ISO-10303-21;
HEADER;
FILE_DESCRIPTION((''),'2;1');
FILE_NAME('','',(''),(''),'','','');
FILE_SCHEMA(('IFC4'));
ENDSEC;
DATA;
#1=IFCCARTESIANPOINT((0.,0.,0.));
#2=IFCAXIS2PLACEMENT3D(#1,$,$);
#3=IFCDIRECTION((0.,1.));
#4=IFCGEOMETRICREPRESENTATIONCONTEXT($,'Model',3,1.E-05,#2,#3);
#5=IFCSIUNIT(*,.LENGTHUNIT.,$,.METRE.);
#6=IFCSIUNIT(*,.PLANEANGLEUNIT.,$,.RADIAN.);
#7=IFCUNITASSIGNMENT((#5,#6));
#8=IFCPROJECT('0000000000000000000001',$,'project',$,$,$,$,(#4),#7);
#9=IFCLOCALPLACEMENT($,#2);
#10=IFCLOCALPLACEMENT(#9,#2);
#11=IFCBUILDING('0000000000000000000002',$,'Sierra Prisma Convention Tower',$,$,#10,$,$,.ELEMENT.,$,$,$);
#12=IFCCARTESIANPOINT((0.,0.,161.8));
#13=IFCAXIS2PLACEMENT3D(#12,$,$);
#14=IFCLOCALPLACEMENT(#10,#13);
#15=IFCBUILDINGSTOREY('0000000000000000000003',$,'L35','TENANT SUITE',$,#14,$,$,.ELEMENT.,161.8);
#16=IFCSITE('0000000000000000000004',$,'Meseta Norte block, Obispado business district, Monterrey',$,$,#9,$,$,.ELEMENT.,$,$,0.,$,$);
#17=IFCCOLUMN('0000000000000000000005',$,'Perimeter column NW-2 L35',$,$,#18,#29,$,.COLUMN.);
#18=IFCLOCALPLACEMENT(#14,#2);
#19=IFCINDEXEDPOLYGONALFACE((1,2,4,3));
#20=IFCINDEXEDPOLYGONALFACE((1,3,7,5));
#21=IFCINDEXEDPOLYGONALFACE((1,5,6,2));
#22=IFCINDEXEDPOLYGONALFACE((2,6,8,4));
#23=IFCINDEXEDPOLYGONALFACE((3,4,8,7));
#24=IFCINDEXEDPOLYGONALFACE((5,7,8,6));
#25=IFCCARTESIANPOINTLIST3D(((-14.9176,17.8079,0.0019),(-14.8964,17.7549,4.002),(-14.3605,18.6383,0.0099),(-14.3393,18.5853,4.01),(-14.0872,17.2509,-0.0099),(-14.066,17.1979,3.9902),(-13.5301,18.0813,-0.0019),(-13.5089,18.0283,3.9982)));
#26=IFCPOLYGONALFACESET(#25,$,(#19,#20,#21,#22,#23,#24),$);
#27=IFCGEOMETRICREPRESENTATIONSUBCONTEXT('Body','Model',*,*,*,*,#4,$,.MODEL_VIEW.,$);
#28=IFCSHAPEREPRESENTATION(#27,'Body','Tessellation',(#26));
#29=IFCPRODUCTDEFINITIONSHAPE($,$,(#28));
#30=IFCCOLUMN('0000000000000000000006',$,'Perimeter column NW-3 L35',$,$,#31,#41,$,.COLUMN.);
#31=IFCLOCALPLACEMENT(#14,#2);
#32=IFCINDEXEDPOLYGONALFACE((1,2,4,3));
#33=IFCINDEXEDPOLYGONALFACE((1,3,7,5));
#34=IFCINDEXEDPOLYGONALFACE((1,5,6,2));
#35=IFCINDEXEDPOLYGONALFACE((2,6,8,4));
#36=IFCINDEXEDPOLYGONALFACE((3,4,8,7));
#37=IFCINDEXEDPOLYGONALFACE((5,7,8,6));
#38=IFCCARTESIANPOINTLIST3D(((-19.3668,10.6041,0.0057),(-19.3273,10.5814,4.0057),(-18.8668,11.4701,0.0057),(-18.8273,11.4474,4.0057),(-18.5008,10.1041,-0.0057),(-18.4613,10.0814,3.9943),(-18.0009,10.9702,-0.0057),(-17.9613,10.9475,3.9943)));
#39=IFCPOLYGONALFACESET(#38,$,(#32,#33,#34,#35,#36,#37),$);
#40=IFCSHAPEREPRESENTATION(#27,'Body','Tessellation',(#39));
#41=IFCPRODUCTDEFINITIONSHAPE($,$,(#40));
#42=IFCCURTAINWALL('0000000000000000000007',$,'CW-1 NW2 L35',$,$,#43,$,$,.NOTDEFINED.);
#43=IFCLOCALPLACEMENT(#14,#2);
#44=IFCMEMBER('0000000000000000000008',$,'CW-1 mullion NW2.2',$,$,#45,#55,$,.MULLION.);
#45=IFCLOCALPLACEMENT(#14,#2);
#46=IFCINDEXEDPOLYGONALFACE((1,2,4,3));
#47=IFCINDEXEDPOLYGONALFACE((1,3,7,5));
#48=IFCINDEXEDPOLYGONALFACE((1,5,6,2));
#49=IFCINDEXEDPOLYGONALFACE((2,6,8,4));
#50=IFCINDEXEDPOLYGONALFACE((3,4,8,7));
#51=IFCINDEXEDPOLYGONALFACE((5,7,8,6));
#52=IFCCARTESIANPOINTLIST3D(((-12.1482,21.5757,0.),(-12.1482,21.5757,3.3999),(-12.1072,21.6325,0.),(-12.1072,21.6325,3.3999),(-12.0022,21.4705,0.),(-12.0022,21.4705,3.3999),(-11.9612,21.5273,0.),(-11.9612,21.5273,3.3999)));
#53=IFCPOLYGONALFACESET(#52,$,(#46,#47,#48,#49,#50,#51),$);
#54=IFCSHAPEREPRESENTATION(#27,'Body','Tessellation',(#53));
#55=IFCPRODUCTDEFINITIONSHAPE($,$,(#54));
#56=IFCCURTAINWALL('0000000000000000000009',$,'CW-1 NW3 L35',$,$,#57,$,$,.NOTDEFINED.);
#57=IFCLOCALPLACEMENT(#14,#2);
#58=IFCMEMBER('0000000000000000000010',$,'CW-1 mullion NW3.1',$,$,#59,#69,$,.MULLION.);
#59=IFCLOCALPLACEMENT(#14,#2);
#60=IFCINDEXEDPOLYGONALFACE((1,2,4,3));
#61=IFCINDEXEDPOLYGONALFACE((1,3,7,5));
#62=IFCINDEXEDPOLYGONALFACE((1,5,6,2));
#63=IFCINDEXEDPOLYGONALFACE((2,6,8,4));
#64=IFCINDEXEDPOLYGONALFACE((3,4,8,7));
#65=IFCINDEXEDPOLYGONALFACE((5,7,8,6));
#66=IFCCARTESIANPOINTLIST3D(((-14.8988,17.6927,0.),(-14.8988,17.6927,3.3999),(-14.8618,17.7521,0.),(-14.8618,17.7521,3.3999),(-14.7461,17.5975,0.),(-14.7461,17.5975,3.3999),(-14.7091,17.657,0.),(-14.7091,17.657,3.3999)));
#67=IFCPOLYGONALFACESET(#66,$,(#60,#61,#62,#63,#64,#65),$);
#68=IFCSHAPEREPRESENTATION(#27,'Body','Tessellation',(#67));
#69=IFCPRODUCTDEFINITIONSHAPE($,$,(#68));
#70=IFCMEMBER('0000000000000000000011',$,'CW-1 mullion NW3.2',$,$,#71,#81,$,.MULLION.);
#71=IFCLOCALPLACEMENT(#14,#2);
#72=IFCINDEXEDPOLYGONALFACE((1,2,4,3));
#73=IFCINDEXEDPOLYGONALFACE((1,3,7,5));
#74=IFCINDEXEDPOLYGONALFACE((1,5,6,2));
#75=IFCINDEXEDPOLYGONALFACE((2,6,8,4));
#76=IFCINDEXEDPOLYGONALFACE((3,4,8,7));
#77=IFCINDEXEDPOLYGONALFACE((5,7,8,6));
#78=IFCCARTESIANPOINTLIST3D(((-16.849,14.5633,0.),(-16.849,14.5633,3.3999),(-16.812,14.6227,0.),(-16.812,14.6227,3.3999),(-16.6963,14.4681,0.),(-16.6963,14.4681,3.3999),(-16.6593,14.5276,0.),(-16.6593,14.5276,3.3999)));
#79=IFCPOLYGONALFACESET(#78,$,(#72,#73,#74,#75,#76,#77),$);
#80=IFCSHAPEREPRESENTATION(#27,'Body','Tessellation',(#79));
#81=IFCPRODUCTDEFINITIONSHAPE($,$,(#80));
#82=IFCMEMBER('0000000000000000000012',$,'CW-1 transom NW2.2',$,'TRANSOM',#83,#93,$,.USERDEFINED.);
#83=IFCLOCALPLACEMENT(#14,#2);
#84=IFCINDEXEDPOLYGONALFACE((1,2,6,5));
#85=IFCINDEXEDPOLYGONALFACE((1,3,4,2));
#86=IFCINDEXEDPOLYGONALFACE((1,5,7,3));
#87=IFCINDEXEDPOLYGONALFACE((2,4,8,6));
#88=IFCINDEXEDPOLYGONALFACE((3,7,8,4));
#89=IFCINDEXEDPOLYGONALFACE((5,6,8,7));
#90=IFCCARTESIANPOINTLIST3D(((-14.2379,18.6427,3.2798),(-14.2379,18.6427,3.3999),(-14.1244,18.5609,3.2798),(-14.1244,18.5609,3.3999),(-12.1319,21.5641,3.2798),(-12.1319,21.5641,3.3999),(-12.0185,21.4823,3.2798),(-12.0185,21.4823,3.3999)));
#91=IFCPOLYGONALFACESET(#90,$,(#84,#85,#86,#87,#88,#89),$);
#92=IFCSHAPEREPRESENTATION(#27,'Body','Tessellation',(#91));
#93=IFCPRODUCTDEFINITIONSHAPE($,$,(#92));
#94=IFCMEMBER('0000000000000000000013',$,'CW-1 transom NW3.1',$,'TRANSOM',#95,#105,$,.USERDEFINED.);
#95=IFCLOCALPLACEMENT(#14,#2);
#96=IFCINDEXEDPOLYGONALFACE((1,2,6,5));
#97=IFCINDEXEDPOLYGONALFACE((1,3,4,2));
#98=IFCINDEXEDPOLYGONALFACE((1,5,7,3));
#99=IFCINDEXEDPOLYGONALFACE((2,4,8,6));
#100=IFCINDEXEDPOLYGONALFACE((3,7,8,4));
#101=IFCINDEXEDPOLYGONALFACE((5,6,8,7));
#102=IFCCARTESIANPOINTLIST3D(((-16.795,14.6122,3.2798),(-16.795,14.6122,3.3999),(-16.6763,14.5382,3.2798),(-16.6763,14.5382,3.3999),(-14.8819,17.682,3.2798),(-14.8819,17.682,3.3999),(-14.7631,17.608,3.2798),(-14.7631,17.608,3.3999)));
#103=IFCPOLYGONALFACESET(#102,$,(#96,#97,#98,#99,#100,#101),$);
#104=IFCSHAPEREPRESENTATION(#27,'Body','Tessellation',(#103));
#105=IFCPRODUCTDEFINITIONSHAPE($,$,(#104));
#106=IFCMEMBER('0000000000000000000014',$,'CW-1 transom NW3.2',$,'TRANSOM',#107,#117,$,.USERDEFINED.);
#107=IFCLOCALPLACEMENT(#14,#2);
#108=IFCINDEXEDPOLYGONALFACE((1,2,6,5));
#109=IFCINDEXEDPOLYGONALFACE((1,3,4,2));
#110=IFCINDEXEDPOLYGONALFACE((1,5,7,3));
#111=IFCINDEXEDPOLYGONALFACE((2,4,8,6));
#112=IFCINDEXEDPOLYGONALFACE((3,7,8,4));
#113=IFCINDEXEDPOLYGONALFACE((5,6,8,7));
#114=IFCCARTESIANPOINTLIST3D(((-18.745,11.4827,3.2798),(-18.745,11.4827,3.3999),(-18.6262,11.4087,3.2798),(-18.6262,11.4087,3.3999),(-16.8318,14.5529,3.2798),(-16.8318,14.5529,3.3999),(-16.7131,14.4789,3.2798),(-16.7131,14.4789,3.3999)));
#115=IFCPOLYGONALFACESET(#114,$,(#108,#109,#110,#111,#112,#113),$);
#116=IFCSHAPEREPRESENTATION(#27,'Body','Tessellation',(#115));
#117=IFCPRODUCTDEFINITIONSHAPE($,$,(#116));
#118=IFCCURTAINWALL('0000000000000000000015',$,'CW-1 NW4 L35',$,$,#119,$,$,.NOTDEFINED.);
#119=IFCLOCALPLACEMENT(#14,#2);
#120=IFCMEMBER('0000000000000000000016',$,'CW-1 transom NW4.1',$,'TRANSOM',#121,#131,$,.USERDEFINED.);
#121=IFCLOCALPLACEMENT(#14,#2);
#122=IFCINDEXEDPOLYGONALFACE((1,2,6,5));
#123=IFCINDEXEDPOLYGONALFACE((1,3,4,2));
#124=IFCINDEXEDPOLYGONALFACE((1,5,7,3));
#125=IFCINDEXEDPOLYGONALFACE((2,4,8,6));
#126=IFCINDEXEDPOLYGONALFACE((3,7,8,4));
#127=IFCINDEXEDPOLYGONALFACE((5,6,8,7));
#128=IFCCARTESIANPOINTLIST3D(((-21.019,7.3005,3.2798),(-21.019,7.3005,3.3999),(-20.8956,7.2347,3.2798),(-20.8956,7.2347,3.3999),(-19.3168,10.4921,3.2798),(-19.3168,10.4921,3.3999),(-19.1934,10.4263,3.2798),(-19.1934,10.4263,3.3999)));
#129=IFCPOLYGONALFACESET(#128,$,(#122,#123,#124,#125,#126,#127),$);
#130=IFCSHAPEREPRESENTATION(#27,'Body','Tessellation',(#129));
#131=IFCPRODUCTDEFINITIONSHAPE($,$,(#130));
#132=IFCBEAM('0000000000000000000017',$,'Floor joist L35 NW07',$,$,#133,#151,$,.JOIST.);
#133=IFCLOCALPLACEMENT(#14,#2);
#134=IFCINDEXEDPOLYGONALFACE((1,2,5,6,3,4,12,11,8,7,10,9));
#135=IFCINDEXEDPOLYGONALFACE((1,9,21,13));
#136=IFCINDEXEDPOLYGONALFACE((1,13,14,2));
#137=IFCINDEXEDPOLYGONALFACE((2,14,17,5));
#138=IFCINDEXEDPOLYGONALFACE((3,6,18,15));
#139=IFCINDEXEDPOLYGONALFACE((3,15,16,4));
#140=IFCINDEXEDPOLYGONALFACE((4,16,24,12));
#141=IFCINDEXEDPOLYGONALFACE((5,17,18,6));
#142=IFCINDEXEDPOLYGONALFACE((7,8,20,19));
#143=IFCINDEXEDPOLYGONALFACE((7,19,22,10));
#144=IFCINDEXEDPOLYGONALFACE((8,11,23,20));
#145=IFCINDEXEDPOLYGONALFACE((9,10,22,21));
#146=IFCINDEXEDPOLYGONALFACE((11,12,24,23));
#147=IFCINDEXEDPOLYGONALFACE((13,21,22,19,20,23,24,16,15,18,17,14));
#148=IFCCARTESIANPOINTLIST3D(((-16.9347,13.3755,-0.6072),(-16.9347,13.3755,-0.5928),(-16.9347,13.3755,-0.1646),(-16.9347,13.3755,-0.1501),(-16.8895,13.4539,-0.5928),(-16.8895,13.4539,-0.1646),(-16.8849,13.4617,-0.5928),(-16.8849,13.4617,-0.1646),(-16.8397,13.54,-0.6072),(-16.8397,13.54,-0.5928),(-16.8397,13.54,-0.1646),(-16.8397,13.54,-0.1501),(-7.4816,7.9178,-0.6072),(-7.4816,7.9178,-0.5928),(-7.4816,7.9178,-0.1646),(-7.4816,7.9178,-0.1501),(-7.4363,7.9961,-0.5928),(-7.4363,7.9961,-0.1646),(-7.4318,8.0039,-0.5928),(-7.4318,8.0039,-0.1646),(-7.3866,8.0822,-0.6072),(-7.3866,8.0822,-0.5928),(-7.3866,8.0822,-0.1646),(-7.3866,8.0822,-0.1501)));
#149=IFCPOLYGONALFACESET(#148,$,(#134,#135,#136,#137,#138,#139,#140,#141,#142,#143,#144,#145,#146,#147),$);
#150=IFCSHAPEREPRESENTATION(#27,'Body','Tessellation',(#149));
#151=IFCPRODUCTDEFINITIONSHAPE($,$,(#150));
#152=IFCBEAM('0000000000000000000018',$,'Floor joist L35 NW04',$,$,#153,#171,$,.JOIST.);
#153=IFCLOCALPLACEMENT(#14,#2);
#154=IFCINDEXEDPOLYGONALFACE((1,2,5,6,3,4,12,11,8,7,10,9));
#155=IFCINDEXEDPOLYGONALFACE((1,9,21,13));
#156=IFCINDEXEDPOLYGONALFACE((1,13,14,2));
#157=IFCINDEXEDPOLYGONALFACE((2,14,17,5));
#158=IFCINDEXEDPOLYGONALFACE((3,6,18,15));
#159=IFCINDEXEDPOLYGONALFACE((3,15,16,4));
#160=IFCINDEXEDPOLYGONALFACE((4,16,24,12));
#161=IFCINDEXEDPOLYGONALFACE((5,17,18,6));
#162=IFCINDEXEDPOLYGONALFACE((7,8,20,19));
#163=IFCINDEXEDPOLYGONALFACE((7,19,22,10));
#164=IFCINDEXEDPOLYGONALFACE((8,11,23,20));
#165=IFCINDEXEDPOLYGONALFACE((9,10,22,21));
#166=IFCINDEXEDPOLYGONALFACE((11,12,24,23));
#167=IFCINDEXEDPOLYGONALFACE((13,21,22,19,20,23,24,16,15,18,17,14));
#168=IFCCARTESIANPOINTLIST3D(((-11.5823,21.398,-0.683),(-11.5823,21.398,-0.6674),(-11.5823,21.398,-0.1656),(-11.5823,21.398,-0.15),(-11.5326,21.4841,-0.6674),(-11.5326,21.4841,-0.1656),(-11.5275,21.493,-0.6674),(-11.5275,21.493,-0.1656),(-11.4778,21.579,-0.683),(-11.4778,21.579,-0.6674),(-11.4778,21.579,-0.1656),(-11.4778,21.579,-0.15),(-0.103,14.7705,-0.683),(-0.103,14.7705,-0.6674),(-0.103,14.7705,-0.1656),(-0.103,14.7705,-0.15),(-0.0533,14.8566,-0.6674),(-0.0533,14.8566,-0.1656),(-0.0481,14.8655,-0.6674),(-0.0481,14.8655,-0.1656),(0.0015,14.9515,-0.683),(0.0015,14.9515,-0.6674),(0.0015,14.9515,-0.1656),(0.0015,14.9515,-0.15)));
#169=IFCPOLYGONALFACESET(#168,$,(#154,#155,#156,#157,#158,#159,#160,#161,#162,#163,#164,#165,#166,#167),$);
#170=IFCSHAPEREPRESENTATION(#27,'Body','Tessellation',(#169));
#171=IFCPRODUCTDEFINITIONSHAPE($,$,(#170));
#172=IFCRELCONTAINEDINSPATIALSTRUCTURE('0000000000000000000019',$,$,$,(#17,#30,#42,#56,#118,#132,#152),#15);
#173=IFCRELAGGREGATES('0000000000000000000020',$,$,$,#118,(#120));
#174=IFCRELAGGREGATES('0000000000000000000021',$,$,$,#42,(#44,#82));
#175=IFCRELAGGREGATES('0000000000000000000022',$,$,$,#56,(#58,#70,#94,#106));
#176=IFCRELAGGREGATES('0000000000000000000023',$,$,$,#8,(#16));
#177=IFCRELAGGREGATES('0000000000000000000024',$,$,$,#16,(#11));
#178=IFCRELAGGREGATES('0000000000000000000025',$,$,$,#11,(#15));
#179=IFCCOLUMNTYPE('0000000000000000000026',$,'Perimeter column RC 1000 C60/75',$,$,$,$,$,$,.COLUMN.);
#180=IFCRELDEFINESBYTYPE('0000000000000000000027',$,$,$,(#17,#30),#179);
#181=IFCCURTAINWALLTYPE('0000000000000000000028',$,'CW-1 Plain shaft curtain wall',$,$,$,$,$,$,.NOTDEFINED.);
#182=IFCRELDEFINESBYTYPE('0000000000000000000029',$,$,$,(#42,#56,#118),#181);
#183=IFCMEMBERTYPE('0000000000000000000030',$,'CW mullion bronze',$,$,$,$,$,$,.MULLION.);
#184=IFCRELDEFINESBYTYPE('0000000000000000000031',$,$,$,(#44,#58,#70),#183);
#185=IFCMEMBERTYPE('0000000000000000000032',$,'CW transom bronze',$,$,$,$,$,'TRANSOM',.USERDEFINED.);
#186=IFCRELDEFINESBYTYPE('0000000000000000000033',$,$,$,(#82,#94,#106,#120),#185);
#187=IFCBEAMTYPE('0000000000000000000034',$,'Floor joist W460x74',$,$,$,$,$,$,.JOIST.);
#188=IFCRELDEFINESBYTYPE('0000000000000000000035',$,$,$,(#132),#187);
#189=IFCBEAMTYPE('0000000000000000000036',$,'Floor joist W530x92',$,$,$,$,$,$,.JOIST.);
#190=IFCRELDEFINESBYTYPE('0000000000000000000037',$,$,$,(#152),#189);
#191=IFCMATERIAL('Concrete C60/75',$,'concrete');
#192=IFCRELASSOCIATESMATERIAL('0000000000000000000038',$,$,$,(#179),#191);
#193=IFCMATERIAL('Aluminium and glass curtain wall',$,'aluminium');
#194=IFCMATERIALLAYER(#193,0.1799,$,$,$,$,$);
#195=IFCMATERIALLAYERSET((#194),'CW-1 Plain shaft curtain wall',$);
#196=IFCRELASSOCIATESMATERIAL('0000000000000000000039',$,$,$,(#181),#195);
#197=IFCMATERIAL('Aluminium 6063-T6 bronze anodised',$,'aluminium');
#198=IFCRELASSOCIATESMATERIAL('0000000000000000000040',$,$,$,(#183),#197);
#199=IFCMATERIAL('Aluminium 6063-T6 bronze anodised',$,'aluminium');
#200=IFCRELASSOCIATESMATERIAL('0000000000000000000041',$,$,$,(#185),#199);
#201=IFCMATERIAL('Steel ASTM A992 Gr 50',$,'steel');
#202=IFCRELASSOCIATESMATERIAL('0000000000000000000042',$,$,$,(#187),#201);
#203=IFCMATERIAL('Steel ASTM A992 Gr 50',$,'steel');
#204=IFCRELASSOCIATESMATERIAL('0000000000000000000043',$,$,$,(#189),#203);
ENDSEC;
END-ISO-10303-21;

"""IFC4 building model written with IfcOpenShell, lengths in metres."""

from ifc_helpers import new_model, si_unit, direction, frame, origin, origin_2d, place, context, subcontext, project, spatial, rectangle, i_section, extrude, material, layer, layer_set, material_profile, profile_set, type_object, element, aggregate, save


model = new_model("IFC4")

# Units and contexts
model_context = context("Model", 3, precision=1e-05, world=origin(), true_north=direction((0.0, 1.0)))
body_context = subcontext(model_context, "Body", "Model", "MODEL_VIEW")
ifc_project = project(units=[si_unit("LENGTHUNIT", "METRE"), si_unit("PLANEANGLEUNIT", "RADIAN")], contexts=[model_context])

# Site, building, storey
site_placement = place(None, origin())
site = spatial("IfcSite", under=ifc_project, at=site_placement, Name="Meseta Norte block, Obispado business district, Monterrey", CompositionType="ELEMENT", RefElevation=0.0)
building_placement = place(site_placement, origin())
building = spatial("IfcBuilding", under=site, at=building_placement, Name="Sierra Prisma Convention Tower", CompositionType="ELEMENT")
storey_placement = place(building_placement, frame((0.0, 0.0, 161.8)))
storey = spatial("IfcBuildingStorey", under=building, at=storey_placement, Name="L35", Description="TENANT SUITE", CompositionType="ELEMENT", Elevation=161.8)

# Columns
ifc_material_1 = material(Name="Concrete C60/75", Category="concrete")
ifc_material_profile_1 = material_profile(ifc_material_1, rectangle(XDim=1.0, YDim=1.0, at=origin_2d()), Name="Perimeter column RC 1000 C60/75")
ifc_profile_set_1 = profile_set([ifc_material_profile_1], Name="Concrete C60/75")
column_type = type_object("IfcColumnType", Name="Perimeter column RC 1000 C60/75", PredefinedType="COLUMN", material=ifc_profile_set_1)
column_1_placement = place(storey_placement, frame((-14.2239, 17.9446, 0.0), z_axis=(0.00531, -0.013243, 0.999898), x_axis=(0.55713, 0.830386, 0.00804)))
element("IfcColumn", 1, at=column_1_placement, inside=storey, type_object=column_type, Name="Perimeter column NW-2 L35", PredefinedType="COLUMN", context=body_context, shape_type="SweptSolid", body=[
    extrude(rectangle(XDim=1.0, YDim=1.0, at=origin_2d()), origin(), (0.0, 0.0, 1.0), 4.0005),
])
column_2_placement = place(storey_placement, frame((-18.6838, 10.7871, 0.0), z_axis=(0.009887, -0.005676, 0.999935), x_axis=(0.499976, 0.86604, -0.000028)))
element("IfcColumn", 2, at=column_2_placement, inside=storey, type_object=column_type, Name="Perimeter column NW-3 L35", PredefinedType="COLUMN", context=body_context, shape_type="SweptSolid", body=[
    extrude(rectangle(XDim=1.0, YDim=1.0, at=origin_2d()), origin(), (0.0, 0.0, 1.0), 4.0002),
])

# Curtain wall, member
ifc_material_2 = material(Name="Aluminium and glass curtain wall", Category="aluminium")
ifc_layer_1 = layer(ifc_material_2, 0.1799)
ifc_layer_set_1 = layer_set([ifc_layer_1], Name="CW-1 Plain shaft curtain wall")
curtain_wall_type = type_object("IfcCurtainWallType", Name="CW-1 Plain shaft curtain wall", PredefinedType="NOTDEFINED", material=ifc_layer_set_1)
curtain_wall_1_placement = place(storey_placement, origin())
curtain_wall_1 = element("IfcCurtainWall", 3, at=curtain_wall_1_placement, inside=storey, type_object=curtain_wall_type, Name="CW-1 NW2 L35", PredefinedType="NOTDEFINED")
ifc_material_3 = material(Name="Aluminium 6063-T6 bronze anodised", Category="aluminium")
ifc_material_profile_2 = material_profile(ifc_material_3, rectangle(XDim=0.1799, YDim=0.0701, at=origin_2d()), Name="ALU MULLION 70x180")
ifc_profile_set_2 = profile_set([ifc_material_profile_2], Name="Aluminium 6063-T6 bronze anodised")
member_type_1 = type_object("IfcMemberType", Name="CW mullion bronze", PredefinedType="MULLION", material=ifc_profile_set_2)
member_1_placement = place(storey_placement, frame((-12.0547, 21.5515, 0.0), z_axis=(0.0, 0.0, 1.0), x_axis=(0.811195, -0.584776, 0.0)))
member_1 = element("IfcMember", 4, at=member_1_placement, type_object=member_type_1, Name="CW-1 mullion NW2.2", PredefinedType="MULLION", context=body_context, shape_type="SweptSolid", body=[
    extrude(rectangle(XDim=0.1799, YDim=0.0701, at=origin_2d()), origin(), (0.0, 0.0, 1.0), 3.3999),
])

# Curtain wall, members
curtain_wall_2_placement = place(storey_placement, origin())
curtain_wall_2 = element("IfcCurtainWall", 5, at=curtain_wall_2_placement, inside=storey, type_object=curtain_wall_type, Name="CW-1 NW3 L35", PredefinedType="NOTDEFINED")
member_2_placement = place(storey_placement, frame((-14.804, 17.6748, 0.0), z_axis=(0.0, 0.0, 1.0), x_axis=(0.848704, -0.528869, 0.0)))
member_2 = element("IfcMember", 6, at=member_2_placement, type_object=member_type_1, Name="CW-1 mullion NW3.1", PredefinedType="MULLION", context=body_context, shape_type="SweptSolid", body=[
    extrude(rectangle(XDim=0.1799, YDim=0.0701, at=origin_2d()), origin(), (0.0, 0.0, 1.0), 3.3999),
])
member_3_placement = place(storey_placement, frame((-16.7542, 14.5454, 0.0), z_axis=(0.0, 0.0, 1.0), x_axis=(0.848704, -0.528869, 0.0)))
member_3 = element("IfcMember", 7, at=member_3_placement, type_object=member_type_1, Name="CW-1 mullion NW3.2", PredefinedType="MULLION", context=body_context, shape_type="SweptSolid", body=[
    extrude(rectangle(XDim=0.1799, YDim=0.0701, at=origin_2d()), origin(), (0.0, 0.0, 1.0), 3.3999),
])

# Members
ifc_material_4 = material(Name="Aluminium 6063-T6 bronze anodised", Category="aluminium")
ifc_material_profile_3 = material_profile(ifc_material_4, rectangle(XDim=0.1399, YDim=0.1201, at=origin_2d()), Name="ALU TRANSOM 120x140")
ifc_profile_set_3 = profile_set([ifc_material_profile_3], Name="Aluminium 6063-T6 bronze anodised")
member_type_2 = type_object("IfcMemberType", Name="CW transom bronze", ElementType="TRANSOM", PredefinedType="USERDEFINED", material=ifc_profile_set_3)
member_4_placement = place(storey_placement, frame((-12.0752, 21.5232, 3.3398), z_axis=(-0.584773, -0.811197, 0.0), x_axis=(0.811197, -0.584773, 0.0)))
member_4 = element("IfcMember", 8, at=member_4_placement, type_object=member_type_2, Name="CW-1 transom NW2.2", ObjectType="TRANSOM", PredefinedType="USERDEFINED", context=body_context, shape_type="SweptSolid", body=[
    extrude(rectangle(XDim=0.1399, YDim=0.1201, at=origin_2d()), origin(), (0.0, 0.0, 1.0), 3.6013),
])
member_5_placement = place(storey_placement, frame((-14.8225, 17.645, 3.3398), z_axis=(-0.528894, -0.848688, 0.0), x_axis=(0.848688, -0.528894, 0.0)))
member_5 = element("IfcMember", 9, at=member_5_placement, type_object=member_type_2, Name="CW-1 transom NW3.1", ObjectType="TRANSOM", PredefinedType="USERDEFINED", context=body_context, shape_type="SweptSolid", body=[
    extrude(rectangle(XDim=0.1399, YDim=0.1201, at=origin_2d()), origin(), (0.0, 0.0, 1.0), 3.6172),
])
member_6_placement = place(storey_placement, frame((-16.7725, 14.5159, 3.3398), z_axis=(-0.528864, -0.848707, 0.0), x_axis=(0.848707, -0.528864, 0.0)))
member_6 = element("IfcMember", 10, at=member_6_placement, type_object=member_type_2, Name="CW-1 transom NW3.2", ObjectType="TRANSOM", PredefinedType="USERDEFINED", context=body_context, shape_type="SweptSolid", body=[
    extrude(rectangle(XDim=0.1399, YDim=0.1201, at=origin_2d()), origin(), (0.0, 0.0, 1.0), 3.6174),
])

# Curtain wall, member
curtain_wall_3_placement = place(storey_placement, origin())
curtain_wall_3 = element("IfcCurtainWall", 11, at=curtain_wall_3_placement, inside=storey, type_object=curtain_wall_type, Name="CW-1 NW4 L35", PredefinedType="NOTDEFINED")
member_7_placement = place(storey_placement, frame((-19.2551, 10.4592, 3.3398), z_axis=(-0.470574, -0.88236, 0.0), x_axis=(0.88236, -0.470574, 0.0)))
member_7 = element("IfcMember", 12, at=member_7_placement, type_object=member_type_2, Name="CW-1 transom NW4.1", ObjectType="TRANSOM", PredefinedType="USERDEFINED", context=body_context, shape_type="SweptSolid", body=[
    extrude(rectangle(XDim=0.1399, YDim=0.1201, at=origin_2d()), origin(), (0.0, 0.0, 1.0), 3.6172),
])
aggregate(curtain_wall_3, [member_7])

# Beams
ifc_material_5 = material(Name="Steel ASTM A992 Gr 50", Category="steel")
ifc_material_profile_4 = material_profile(ifc_material_5, i_section(OverallWidth=0.1899, OverallDepth=0.457, WebThickness=0.009, FlangeThickness=0.0144, at=origin_2d()), Name="W460x74")
ifc_profile_set_4 = profile_set([ifc_material_profile_4], Name="Steel ASTM A992 Gr 50")
beam_type_1 = type_object("IfcBeamType", Name="Floor joist W460x74", PredefinedType="JOIST", material=ifc_profile_set_4)
beam_1_placement = place(storey_placement, frame((-16.8872, 13.4578, -0.3787), z_axis=(0.866025, -0.5, 0.0), x_axis=(0.5, 0.866025, 0.0)))
element("IfcBeam", 13, at=beam_1_placement, inside=storey, type_object=beam_type_1, Name="Floor joist L35 NW07", PredefinedType="JOIST", context=body_context, shape_type="SweptSolid", body=[
    extrude(i_section(OverallWidth=0.1899, OverallDepth=0.457, WebThickness=0.009, FlangeThickness=0.0144, at=origin_2d()), origin(), (0.0, 0.0, 1.0), 10.9155),
])
ifc_material_6 = material(Name="Steel ASTM A992 Gr 50", Category="steel")
ifc_material_profile_5 = material_profile(ifc_material_6, i_section(OverallWidth=0.209, OverallDepth=0.533, WebThickness=0.0103, FlangeThickness=0.0156, at=origin_2d()), Name="W530x92")
ifc_profile_set_5 = profile_set([ifc_material_profile_5], Name="Steel ASTM A992 Gr 50")
beam_type_2 = type_object("IfcBeamType", Name="Floor joist W530x92", PredefinedType="JOIST", material=ifc_profile_set_5)
beam_2_placement = place(storey_placement, frame((-11.53, 21.4885, -0.4165), z_axis=(0.866029, -0.499994, 0.0), x_axis=(0.499994, 0.866029, 0.0)))
element("IfcBeam", 14, at=beam_2_placement, inside=storey, type_object=beam_type_2, Name="Floor joist L35 NW04", PredefinedType="JOIST", context=body_context, shape_type="SweptSolid", body=[
    extrude(i_section(OverallWidth=0.209, OverallDepth=0.533, WebThickness=0.0103, FlangeThickness=0.0156, at=origin_2d()), origin(), (0.0, 0.0, 1.0), 13.2551),
])

aggregate(curtain_wall_1, [member_1, member_4])
aggregate(curtain_wall_2, [member_2, member_3, member_5, member_6])

save(model, "model.ifc")
